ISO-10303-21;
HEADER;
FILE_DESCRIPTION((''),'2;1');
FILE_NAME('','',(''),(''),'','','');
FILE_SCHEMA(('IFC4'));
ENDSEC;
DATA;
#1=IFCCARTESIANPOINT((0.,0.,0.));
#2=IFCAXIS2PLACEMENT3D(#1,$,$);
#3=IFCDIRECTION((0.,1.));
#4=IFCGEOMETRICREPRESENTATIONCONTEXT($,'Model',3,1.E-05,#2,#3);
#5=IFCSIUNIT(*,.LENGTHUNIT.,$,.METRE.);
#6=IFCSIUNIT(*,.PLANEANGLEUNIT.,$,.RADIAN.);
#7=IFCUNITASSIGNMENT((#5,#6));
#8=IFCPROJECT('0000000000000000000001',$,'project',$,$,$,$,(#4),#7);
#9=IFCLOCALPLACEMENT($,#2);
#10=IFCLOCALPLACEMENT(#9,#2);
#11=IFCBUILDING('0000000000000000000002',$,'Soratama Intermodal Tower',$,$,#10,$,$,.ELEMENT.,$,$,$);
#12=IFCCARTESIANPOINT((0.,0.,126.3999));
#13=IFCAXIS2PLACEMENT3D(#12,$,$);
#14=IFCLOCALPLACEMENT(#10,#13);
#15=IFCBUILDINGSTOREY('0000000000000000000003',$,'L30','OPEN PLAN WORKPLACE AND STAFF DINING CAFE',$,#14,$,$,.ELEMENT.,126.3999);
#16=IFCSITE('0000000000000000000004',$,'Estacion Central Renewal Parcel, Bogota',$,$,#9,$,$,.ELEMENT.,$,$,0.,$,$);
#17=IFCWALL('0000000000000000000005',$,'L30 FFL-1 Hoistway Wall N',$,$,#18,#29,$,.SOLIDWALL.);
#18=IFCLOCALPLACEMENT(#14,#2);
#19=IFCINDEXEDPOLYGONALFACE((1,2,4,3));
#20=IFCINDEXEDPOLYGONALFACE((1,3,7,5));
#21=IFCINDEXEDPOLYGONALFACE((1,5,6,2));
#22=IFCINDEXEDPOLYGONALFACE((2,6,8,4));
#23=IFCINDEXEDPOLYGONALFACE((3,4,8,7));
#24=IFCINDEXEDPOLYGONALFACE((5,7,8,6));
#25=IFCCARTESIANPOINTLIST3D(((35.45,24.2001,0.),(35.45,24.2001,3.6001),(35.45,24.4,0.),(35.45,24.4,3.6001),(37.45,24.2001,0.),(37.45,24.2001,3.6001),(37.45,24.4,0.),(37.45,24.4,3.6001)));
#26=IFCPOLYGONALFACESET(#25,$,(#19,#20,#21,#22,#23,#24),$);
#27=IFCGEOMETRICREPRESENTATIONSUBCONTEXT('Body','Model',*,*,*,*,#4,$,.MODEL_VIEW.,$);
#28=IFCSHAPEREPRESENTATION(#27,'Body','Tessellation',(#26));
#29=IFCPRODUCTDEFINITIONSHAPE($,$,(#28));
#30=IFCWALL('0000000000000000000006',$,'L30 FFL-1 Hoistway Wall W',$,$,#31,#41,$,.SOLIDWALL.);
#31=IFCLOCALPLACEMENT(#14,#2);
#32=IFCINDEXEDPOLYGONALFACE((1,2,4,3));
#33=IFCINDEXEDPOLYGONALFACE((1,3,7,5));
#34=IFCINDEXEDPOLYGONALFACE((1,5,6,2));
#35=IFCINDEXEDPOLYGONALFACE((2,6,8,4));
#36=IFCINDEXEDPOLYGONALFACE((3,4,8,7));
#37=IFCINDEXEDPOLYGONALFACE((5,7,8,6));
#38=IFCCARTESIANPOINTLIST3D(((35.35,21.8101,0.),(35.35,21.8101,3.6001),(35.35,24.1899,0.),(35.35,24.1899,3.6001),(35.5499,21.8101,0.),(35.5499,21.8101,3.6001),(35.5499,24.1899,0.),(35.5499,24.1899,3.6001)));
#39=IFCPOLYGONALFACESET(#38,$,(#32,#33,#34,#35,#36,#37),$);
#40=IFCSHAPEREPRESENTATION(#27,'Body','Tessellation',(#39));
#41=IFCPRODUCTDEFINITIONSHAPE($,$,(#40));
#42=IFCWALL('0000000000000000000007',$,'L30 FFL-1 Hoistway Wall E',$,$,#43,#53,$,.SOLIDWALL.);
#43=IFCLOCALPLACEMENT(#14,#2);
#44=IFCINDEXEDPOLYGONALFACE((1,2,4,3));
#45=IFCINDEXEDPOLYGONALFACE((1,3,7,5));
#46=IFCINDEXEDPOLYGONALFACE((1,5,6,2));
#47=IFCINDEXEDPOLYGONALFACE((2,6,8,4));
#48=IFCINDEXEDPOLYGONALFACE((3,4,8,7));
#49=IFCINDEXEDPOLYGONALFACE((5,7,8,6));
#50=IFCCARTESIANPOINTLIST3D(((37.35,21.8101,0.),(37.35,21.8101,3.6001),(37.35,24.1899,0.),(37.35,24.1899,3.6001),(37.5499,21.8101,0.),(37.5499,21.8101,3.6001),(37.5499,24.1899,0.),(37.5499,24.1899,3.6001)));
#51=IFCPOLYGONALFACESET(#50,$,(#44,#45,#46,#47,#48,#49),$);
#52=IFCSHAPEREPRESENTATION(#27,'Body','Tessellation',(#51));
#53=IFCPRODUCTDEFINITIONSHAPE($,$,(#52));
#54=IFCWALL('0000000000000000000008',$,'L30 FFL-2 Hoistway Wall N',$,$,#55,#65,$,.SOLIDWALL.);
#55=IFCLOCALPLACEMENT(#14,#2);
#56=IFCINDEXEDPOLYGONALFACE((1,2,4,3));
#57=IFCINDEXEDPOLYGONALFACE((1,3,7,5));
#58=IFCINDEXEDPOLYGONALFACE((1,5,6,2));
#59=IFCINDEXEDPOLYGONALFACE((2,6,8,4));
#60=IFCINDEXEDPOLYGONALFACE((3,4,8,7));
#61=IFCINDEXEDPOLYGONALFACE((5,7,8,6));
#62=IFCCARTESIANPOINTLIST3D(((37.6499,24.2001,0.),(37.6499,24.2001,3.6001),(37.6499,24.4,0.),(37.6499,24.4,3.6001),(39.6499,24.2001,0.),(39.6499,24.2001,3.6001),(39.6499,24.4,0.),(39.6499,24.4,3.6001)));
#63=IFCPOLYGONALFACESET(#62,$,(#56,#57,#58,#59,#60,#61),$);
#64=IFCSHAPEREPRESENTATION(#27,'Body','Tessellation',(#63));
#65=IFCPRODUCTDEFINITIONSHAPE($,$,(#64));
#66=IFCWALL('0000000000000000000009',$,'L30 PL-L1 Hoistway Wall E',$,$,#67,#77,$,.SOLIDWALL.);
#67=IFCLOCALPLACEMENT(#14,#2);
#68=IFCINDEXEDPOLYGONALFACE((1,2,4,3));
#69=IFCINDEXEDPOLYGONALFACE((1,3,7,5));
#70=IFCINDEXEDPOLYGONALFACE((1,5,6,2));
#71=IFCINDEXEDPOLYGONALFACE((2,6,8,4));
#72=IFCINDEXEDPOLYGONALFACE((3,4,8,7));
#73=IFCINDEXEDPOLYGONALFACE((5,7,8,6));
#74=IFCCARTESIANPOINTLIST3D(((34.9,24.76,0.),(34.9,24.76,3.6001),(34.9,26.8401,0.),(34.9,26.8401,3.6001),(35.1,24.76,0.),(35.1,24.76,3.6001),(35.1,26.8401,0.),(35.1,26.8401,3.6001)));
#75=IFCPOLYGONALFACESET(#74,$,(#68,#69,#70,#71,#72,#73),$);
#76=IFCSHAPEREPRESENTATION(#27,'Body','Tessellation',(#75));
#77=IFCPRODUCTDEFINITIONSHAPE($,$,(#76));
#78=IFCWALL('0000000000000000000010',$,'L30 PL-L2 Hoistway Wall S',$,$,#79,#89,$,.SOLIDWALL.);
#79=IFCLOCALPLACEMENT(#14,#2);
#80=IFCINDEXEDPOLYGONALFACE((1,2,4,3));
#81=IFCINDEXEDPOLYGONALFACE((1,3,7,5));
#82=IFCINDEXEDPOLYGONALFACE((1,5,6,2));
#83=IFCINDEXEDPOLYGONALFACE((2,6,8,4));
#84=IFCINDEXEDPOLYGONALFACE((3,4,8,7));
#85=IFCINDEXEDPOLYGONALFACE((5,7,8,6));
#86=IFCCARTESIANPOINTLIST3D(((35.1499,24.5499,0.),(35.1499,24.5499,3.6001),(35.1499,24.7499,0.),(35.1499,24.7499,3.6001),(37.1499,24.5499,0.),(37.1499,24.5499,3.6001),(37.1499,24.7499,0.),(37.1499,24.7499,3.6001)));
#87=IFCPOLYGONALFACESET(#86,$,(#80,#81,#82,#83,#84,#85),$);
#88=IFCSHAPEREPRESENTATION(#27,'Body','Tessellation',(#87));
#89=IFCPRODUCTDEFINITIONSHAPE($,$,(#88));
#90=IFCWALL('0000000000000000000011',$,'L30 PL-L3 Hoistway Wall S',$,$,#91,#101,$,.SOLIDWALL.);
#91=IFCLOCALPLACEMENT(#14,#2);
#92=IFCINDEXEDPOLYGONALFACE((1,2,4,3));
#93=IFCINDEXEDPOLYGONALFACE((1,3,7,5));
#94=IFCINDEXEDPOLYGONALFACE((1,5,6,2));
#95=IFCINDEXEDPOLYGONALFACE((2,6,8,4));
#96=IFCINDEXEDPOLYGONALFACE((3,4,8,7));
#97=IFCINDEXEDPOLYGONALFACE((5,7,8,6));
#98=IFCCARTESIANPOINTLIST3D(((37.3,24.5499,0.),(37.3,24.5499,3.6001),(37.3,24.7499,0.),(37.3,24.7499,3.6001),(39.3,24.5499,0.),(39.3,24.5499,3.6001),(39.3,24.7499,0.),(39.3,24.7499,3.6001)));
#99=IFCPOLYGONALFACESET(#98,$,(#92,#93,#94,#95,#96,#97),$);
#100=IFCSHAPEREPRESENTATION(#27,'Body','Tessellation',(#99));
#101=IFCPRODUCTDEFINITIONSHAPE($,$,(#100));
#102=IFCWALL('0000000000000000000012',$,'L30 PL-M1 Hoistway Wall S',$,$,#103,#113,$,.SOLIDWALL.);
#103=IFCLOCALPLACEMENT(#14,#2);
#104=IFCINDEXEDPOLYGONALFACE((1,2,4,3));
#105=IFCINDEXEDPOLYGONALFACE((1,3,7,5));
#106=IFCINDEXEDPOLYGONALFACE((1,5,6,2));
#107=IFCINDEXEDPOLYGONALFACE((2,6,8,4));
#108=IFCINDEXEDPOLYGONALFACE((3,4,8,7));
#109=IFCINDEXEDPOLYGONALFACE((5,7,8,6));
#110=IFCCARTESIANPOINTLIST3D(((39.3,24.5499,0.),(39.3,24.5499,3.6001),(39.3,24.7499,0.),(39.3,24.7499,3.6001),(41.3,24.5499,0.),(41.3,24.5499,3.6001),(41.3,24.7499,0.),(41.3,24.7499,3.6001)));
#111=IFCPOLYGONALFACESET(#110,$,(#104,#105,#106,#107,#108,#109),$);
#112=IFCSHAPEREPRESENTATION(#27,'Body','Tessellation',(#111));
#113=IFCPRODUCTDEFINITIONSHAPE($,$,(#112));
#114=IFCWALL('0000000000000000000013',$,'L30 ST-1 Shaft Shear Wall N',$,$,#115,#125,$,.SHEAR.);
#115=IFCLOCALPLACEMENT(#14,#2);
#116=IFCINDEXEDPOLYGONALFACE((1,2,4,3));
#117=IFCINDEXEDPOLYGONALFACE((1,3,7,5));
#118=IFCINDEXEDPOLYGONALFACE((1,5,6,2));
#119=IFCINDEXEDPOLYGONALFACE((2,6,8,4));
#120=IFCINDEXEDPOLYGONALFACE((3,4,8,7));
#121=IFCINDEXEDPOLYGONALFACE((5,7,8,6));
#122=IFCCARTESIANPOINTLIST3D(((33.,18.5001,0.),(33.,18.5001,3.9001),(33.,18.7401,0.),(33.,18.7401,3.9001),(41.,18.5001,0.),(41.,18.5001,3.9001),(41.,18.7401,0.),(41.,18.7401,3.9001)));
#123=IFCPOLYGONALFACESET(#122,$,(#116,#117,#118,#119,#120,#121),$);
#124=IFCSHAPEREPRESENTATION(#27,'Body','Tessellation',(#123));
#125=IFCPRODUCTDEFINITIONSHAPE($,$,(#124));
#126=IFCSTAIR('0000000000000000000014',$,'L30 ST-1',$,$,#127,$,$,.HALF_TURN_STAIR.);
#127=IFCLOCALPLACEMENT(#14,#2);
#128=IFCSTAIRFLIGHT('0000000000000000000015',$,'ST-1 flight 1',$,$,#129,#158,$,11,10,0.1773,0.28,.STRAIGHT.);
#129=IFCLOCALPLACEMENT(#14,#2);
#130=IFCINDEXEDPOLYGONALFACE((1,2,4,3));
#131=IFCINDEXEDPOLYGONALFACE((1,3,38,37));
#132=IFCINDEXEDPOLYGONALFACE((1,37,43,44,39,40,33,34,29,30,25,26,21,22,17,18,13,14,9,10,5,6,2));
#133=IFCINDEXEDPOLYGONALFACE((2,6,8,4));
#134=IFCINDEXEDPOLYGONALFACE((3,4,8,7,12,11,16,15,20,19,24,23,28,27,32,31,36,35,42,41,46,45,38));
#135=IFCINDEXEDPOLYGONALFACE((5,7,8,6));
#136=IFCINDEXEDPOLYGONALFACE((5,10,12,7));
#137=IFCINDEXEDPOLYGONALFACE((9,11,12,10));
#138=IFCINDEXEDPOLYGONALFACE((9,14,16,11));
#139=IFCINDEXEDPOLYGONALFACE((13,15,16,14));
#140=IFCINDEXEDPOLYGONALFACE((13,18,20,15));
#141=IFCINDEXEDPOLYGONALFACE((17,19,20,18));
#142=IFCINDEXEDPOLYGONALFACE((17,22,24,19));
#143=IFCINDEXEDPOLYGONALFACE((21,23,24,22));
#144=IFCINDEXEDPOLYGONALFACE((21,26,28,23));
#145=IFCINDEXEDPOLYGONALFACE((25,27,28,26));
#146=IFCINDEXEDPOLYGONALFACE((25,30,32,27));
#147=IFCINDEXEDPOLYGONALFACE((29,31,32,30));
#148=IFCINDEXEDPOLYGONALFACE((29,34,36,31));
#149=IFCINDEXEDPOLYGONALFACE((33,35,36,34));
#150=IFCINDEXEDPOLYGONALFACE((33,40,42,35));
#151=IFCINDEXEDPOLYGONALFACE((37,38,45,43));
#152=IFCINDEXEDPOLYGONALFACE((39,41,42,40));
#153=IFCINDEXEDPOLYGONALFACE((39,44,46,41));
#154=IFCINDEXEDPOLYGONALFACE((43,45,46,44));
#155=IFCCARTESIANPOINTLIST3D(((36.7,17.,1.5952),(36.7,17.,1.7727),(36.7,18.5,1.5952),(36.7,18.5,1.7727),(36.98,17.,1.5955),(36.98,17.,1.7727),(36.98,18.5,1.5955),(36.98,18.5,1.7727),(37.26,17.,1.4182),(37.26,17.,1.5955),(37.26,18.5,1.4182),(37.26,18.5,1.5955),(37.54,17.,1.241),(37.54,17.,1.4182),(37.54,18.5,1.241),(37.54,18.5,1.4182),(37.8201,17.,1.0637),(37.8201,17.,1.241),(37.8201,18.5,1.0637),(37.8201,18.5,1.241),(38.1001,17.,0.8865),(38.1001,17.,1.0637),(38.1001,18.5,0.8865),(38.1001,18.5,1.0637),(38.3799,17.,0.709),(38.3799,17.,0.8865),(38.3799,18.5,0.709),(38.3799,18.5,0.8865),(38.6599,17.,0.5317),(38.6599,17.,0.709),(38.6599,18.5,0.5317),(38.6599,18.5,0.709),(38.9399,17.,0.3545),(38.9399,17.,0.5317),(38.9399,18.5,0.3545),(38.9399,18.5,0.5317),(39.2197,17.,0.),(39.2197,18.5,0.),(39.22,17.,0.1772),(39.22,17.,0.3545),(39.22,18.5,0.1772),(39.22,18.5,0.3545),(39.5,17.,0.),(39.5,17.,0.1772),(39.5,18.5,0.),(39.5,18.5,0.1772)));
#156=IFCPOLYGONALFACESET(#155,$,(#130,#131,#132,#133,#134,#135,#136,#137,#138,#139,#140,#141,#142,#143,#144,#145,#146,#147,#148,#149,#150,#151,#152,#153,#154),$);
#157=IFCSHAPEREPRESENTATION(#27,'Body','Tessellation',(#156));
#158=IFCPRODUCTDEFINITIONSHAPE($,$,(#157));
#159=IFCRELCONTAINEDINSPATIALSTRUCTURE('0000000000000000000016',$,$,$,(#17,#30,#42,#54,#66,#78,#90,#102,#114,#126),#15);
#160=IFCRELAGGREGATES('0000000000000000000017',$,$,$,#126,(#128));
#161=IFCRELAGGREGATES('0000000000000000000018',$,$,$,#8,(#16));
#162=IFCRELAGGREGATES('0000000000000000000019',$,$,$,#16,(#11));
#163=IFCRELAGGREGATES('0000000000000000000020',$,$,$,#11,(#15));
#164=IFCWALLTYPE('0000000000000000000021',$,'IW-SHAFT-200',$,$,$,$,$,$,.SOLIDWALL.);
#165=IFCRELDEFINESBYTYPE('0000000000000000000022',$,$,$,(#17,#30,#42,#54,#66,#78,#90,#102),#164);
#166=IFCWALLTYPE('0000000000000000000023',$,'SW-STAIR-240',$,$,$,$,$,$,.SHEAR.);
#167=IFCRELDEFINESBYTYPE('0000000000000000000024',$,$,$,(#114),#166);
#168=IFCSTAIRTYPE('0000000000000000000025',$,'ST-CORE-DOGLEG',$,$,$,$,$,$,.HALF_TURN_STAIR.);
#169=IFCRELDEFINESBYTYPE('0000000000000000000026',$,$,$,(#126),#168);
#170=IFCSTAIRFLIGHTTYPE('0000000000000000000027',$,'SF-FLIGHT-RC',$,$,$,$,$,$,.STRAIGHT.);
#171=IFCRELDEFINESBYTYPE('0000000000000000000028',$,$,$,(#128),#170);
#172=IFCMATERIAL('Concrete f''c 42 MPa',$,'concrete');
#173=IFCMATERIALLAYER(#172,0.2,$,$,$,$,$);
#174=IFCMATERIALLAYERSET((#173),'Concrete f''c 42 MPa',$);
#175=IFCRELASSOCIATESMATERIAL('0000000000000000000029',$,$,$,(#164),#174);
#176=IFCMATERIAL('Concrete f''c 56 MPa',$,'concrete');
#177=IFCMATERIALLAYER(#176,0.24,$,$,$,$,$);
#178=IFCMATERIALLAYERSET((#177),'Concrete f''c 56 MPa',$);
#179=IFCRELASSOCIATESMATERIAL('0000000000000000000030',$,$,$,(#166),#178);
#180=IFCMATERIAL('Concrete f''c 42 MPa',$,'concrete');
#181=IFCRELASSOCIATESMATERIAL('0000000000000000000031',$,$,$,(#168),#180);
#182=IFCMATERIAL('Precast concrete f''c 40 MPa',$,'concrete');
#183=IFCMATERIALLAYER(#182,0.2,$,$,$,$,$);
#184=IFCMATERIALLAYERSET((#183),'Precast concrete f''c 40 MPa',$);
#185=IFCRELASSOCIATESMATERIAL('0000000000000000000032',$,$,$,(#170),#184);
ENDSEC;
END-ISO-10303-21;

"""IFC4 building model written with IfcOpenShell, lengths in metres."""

from ifc_helpers import new_model, si_unit, direction, frame, frame_2d, origin, place, context, subcontext, project, spatial, polyline, rectangle, outline, extrude, material, layer, layer_set, type_object, element, aggregate, save


model = new_model("IFC4")

# Units and contexts
model_context = context("Model", 3, precision=1e-05, world=origin(), true_north=direction((0.0, 1.0)))
body_context = subcontext(model_context, "Body", "Model", "MODEL_VIEW")
ifc_project = project(units=[si_unit("LENGTHUNIT", "METRE"), si_unit("PLANEANGLEUNIT", "RADIAN")], contexts=[model_context])

# Site, building, storey
site_placement = place(None, origin())
site = spatial("IfcSite", under=ifc_project, at=site_placement, Name="Estacion Central Renewal Parcel, Bogota", CompositionType="ELEMENT", RefElevation=0.0)
building_placement = place(site_placement, origin())
building = spatial("IfcBuilding", under=site, at=building_placement, Name="Soratama Intermodal Tower", CompositionType="ELEMENT")
storey_placement = place(building_placement, frame((0.0, 0.0, 126.3999)))
storey = spatial("IfcBuildingStorey", under=building, at=storey_placement, Name="L30", Description="OPEN PLAN WORKPLACE AND STAFF DINING CAFE", CompositionType="ELEMENT", Elevation=126.3999)

# Shared definitions
ifc_material_1 = material(Name="Concrete f'c 42 MPa", Category="concrete")
ifc_layer_1 = layer(ifc_material_1, 0.2)
ifc_layer_set_1 = layer_set([ifc_layer_1], Name="Concrete f'c 42 MPa")
wall_type_1 = type_object("IfcWallType", Name="IW-SHAFT-200", PredefinedType="SOLIDWALL", material=ifc_layer_set_1)

# Walls
wall_1_placement = place(storey_placement, frame((35.45, 24.3, 0.0), z_axis=(0.0, 0.0, 1.0), x_axis=(1.0, 0.0, 0.0)))
element("IfcWall", 1, at=wall_1_placement, inside=storey, type_object=wall_type_1, Name="L30 FFL-1 Hoistway Wall N", PredefinedType="SOLIDWALL", context=body_context, shape_type="SweptSolid", body=[
    extrude(rectangle(XDim=2.0, YDim=0.2, at=frame_2d((1.0, 0.0))), origin(), (0.0, 0.0, 1.0), 3.6001),
])
for number, where, z_axis, x_axis, name in (
    (2, (35.45, 21.8101, 0.0), (0.0, 0.0, 1.0), (0.0, 1.0, 0.0), "L30 FFL-1 Hoistway Wall W"),
    (3, (37.45, 21.8101, 0.0), (0.0, 0.0, 1.0), (0.0, 1.0, 0.0), "L30 FFL-1 Hoistway Wall E"),
):
    element("IfcWall", number, at=place(storey_placement, frame(where, z_axis=z_axis, x_axis=x_axis)), inside=storey, type_object=wall_type_1, Name=name, PredefinedType="SOLIDWALL", context=body_context, shape_type="SweptSolid", body=[
        extrude(rectangle(XDim=2.3799, YDim=0.2, at=frame_2d((1.1899, 0.0))), origin(), (0.0, 0.0, 1.0), 3.6001),
    ])

# Wall
wall_2_placement = place(storey_placement, frame((37.6499, 24.3, 0.0), z_axis=(0.0, 0.0, 1.0), x_axis=(1.0, 0.0, 0.0)))
element("IfcWall", 4, at=wall_2_placement, inside=storey, type_object=wall_type_1, Name="L30 FFL-2 Hoistway Wall N", PredefinedType="SOLIDWALL", context=body_context, shape_type="SweptSolid", body=[
    extrude(rectangle(XDim=2.0, YDim=0.2, at=frame_2d((1.0, 0.0))), origin(), (0.0, 0.0, 1.0), 3.6001),
])

# Walls
wall_3_placement = place(storey_placement, frame((35.0, 24.76, 0.0), z_axis=(0.0, 0.0, 1.0), x_axis=(0.0, 1.0, 0.0)))
element("IfcWall", 5, at=wall_3_placement, inside=storey, type_object=wall_type_1, Name="L30 PL-L1 Hoistway Wall E", PredefinedType="SOLIDWALL", context=body_context, shape_type="SweptSolid", body=[
    extrude(rectangle(XDim=2.0801, YDim=0.2, at=frame_2d((1.04, 0.0))), origin(), (0.0, 0.0, 1.0), 3.6001),
])
for number, where, z_axis, x_axis, name in (
    (6, (35.1499, 24.6499, 0.0), (0.0, 0.0, 1.0), (1.0, 0.0, 0.0), "L30 PL-L2 Hoistway Wall S"),
    (7, (37.3, 24.6499, 0.0), (0.0, 0.0, 1.0), (1.0, 0.0, 0.0), "L30 PL-L3 Hoistway Wall S"),
    (8, (39.3, 24.6499, 0.0), (0.0, 0.0, 1.0), (1.0, 0.0, 0.0), "L30 PL-M1 Hoistway Wall S"),
):
    element("IfcWall", number, at=place(storey_placement, frame(where, z_axis=z_axis, x_axis=x_axis)), inside=storey, type_object=wall_type_1, Name=name, PredefinedType="SOLIDWALL", context=body_context, shape_type="SweptSolid", body=[
        extrude(rectangle(XDim=2.0, YDim=0.2, at=frame_2d((1.0, 0.0))), origin(), (0.0, 0.0, 1.0), 3.6001),
    ])
ifc_material_2 = material(Name="Concrete f'c 56 MPa", Category="concrete")
ifc_layer_2 = layer(ifc_material_2, 0.24)
ifc_layer_set_2 = layer_set([ifc_layer_2], Name="Concrete f'c 56 MPa")
wall_type_2 = type_object("IfcWallType", Name="SW-STAIR-240", PredefinedType="SHEAR", material=ifc_layer_set_2)
wall_4_placement = place(storey_placement, frame((33.0, 18.6201, 0.0), z_axis=(0.0, 0.0, 1.0), x_axis=(1.0, 0.0, 0.0)))
element("IfcWall", 9, at=wall_4_placement, inside=storey, type_object=wall_type_2, Name="L30 ST-1 Shaft Shear Wall N", PredefinedType="SHEAR", context=body_context, shape_type="SweptSolid", body=[
    extrude(rectangle(XDim=8.0, YDim=0.24, at=frame_2d((4.0, 0.0))), origin(), (0.0, 0.0, 1.0), 3.9001),
])

# Stair, stair flight
ifc_material_3 = material(Name="Concrete f'c 42 MPa", Category="concrete")
stair_type = type_object("IfcStairType", Name="ST-CORE-DOGLEG", PredefinedType="HALF_TURN_STAIR", material=ifc_material_3)
stair_placement = place(storey_placement, origin())
stair = element("IfcStair", 10, at=stair_placement, inside=storey, type_object=stair_type, Name="L30 ST-1", PredefinedType="HALF_TURN_STAIR")
ifc_material_4 = material(Name="Precast concrete f'c 40 MPa", Category="concrete")
ifc_layer_3 = layer(ifc_material_4, 0.2)
ifc_layer_set_3 = layer_set([ifc_layer_3], Name="Precast concrete f'c 40 MPa")
stair_flight_type = type_object("IfcStairFlightType", Name="SF-FLIGHT-RC", PredefinedType="STRAIGHT", material=ifc_layer_set_3)
stair_flight_placement = place(storey_placement, frame((39.5, 17.75, 0.0), z_axis=(0.0, 0.0, 1.0), x_axis=(-1.0, 0.0, 0.0)))
stair_flight = element("IfcStairFlight", 11, at=stair_flight_placement, type_object=stair_flight_type, Name="ST-1 flight 1", NumberOfRisers=11, NumberOfTreads=10, PredefinedType="STRAIGHT", RiserHeight=0.1773, TreadLength=0.28, context=body_context, shape_type="SweptSolid", body=[
    extrude(outline(polyline([(0.0, 0.0), (0.0, 0.1772), (0.28, 0.1772), (0.28, 0.3545), (0.5601, 0.3545), (0.5601, 0.5317), (0.8401, 0.5317), (0.8401, 0.709), (1.1201, 0.709), (1.1201, 0.8865), (1.3999, 0.8865), (1.3999, 1.0637), (1.6799, 1.0637), (1.6799, 1.241), (1.96, 1.241), (1.96, 1.4182), (2.24, 1.4182), (2.24, 1.5955), (2.52, 1.5955), (2.52, 1.7727), (2.8, 1.7727), (2.8, 1.95), (2.8, 1.5952), (0.2803, 0.0), (0.0, 0.0)])), frame((0.0, 0.75, 0.0), z_axis=(0.0, -1.0, 0.0), x_axis=(1.0, 0.0, 0.0)), (0.0, 0.0, 1.0), 1.5),
])
aggregate(stair, [stair_flight])

save(model, "model.ifc")
